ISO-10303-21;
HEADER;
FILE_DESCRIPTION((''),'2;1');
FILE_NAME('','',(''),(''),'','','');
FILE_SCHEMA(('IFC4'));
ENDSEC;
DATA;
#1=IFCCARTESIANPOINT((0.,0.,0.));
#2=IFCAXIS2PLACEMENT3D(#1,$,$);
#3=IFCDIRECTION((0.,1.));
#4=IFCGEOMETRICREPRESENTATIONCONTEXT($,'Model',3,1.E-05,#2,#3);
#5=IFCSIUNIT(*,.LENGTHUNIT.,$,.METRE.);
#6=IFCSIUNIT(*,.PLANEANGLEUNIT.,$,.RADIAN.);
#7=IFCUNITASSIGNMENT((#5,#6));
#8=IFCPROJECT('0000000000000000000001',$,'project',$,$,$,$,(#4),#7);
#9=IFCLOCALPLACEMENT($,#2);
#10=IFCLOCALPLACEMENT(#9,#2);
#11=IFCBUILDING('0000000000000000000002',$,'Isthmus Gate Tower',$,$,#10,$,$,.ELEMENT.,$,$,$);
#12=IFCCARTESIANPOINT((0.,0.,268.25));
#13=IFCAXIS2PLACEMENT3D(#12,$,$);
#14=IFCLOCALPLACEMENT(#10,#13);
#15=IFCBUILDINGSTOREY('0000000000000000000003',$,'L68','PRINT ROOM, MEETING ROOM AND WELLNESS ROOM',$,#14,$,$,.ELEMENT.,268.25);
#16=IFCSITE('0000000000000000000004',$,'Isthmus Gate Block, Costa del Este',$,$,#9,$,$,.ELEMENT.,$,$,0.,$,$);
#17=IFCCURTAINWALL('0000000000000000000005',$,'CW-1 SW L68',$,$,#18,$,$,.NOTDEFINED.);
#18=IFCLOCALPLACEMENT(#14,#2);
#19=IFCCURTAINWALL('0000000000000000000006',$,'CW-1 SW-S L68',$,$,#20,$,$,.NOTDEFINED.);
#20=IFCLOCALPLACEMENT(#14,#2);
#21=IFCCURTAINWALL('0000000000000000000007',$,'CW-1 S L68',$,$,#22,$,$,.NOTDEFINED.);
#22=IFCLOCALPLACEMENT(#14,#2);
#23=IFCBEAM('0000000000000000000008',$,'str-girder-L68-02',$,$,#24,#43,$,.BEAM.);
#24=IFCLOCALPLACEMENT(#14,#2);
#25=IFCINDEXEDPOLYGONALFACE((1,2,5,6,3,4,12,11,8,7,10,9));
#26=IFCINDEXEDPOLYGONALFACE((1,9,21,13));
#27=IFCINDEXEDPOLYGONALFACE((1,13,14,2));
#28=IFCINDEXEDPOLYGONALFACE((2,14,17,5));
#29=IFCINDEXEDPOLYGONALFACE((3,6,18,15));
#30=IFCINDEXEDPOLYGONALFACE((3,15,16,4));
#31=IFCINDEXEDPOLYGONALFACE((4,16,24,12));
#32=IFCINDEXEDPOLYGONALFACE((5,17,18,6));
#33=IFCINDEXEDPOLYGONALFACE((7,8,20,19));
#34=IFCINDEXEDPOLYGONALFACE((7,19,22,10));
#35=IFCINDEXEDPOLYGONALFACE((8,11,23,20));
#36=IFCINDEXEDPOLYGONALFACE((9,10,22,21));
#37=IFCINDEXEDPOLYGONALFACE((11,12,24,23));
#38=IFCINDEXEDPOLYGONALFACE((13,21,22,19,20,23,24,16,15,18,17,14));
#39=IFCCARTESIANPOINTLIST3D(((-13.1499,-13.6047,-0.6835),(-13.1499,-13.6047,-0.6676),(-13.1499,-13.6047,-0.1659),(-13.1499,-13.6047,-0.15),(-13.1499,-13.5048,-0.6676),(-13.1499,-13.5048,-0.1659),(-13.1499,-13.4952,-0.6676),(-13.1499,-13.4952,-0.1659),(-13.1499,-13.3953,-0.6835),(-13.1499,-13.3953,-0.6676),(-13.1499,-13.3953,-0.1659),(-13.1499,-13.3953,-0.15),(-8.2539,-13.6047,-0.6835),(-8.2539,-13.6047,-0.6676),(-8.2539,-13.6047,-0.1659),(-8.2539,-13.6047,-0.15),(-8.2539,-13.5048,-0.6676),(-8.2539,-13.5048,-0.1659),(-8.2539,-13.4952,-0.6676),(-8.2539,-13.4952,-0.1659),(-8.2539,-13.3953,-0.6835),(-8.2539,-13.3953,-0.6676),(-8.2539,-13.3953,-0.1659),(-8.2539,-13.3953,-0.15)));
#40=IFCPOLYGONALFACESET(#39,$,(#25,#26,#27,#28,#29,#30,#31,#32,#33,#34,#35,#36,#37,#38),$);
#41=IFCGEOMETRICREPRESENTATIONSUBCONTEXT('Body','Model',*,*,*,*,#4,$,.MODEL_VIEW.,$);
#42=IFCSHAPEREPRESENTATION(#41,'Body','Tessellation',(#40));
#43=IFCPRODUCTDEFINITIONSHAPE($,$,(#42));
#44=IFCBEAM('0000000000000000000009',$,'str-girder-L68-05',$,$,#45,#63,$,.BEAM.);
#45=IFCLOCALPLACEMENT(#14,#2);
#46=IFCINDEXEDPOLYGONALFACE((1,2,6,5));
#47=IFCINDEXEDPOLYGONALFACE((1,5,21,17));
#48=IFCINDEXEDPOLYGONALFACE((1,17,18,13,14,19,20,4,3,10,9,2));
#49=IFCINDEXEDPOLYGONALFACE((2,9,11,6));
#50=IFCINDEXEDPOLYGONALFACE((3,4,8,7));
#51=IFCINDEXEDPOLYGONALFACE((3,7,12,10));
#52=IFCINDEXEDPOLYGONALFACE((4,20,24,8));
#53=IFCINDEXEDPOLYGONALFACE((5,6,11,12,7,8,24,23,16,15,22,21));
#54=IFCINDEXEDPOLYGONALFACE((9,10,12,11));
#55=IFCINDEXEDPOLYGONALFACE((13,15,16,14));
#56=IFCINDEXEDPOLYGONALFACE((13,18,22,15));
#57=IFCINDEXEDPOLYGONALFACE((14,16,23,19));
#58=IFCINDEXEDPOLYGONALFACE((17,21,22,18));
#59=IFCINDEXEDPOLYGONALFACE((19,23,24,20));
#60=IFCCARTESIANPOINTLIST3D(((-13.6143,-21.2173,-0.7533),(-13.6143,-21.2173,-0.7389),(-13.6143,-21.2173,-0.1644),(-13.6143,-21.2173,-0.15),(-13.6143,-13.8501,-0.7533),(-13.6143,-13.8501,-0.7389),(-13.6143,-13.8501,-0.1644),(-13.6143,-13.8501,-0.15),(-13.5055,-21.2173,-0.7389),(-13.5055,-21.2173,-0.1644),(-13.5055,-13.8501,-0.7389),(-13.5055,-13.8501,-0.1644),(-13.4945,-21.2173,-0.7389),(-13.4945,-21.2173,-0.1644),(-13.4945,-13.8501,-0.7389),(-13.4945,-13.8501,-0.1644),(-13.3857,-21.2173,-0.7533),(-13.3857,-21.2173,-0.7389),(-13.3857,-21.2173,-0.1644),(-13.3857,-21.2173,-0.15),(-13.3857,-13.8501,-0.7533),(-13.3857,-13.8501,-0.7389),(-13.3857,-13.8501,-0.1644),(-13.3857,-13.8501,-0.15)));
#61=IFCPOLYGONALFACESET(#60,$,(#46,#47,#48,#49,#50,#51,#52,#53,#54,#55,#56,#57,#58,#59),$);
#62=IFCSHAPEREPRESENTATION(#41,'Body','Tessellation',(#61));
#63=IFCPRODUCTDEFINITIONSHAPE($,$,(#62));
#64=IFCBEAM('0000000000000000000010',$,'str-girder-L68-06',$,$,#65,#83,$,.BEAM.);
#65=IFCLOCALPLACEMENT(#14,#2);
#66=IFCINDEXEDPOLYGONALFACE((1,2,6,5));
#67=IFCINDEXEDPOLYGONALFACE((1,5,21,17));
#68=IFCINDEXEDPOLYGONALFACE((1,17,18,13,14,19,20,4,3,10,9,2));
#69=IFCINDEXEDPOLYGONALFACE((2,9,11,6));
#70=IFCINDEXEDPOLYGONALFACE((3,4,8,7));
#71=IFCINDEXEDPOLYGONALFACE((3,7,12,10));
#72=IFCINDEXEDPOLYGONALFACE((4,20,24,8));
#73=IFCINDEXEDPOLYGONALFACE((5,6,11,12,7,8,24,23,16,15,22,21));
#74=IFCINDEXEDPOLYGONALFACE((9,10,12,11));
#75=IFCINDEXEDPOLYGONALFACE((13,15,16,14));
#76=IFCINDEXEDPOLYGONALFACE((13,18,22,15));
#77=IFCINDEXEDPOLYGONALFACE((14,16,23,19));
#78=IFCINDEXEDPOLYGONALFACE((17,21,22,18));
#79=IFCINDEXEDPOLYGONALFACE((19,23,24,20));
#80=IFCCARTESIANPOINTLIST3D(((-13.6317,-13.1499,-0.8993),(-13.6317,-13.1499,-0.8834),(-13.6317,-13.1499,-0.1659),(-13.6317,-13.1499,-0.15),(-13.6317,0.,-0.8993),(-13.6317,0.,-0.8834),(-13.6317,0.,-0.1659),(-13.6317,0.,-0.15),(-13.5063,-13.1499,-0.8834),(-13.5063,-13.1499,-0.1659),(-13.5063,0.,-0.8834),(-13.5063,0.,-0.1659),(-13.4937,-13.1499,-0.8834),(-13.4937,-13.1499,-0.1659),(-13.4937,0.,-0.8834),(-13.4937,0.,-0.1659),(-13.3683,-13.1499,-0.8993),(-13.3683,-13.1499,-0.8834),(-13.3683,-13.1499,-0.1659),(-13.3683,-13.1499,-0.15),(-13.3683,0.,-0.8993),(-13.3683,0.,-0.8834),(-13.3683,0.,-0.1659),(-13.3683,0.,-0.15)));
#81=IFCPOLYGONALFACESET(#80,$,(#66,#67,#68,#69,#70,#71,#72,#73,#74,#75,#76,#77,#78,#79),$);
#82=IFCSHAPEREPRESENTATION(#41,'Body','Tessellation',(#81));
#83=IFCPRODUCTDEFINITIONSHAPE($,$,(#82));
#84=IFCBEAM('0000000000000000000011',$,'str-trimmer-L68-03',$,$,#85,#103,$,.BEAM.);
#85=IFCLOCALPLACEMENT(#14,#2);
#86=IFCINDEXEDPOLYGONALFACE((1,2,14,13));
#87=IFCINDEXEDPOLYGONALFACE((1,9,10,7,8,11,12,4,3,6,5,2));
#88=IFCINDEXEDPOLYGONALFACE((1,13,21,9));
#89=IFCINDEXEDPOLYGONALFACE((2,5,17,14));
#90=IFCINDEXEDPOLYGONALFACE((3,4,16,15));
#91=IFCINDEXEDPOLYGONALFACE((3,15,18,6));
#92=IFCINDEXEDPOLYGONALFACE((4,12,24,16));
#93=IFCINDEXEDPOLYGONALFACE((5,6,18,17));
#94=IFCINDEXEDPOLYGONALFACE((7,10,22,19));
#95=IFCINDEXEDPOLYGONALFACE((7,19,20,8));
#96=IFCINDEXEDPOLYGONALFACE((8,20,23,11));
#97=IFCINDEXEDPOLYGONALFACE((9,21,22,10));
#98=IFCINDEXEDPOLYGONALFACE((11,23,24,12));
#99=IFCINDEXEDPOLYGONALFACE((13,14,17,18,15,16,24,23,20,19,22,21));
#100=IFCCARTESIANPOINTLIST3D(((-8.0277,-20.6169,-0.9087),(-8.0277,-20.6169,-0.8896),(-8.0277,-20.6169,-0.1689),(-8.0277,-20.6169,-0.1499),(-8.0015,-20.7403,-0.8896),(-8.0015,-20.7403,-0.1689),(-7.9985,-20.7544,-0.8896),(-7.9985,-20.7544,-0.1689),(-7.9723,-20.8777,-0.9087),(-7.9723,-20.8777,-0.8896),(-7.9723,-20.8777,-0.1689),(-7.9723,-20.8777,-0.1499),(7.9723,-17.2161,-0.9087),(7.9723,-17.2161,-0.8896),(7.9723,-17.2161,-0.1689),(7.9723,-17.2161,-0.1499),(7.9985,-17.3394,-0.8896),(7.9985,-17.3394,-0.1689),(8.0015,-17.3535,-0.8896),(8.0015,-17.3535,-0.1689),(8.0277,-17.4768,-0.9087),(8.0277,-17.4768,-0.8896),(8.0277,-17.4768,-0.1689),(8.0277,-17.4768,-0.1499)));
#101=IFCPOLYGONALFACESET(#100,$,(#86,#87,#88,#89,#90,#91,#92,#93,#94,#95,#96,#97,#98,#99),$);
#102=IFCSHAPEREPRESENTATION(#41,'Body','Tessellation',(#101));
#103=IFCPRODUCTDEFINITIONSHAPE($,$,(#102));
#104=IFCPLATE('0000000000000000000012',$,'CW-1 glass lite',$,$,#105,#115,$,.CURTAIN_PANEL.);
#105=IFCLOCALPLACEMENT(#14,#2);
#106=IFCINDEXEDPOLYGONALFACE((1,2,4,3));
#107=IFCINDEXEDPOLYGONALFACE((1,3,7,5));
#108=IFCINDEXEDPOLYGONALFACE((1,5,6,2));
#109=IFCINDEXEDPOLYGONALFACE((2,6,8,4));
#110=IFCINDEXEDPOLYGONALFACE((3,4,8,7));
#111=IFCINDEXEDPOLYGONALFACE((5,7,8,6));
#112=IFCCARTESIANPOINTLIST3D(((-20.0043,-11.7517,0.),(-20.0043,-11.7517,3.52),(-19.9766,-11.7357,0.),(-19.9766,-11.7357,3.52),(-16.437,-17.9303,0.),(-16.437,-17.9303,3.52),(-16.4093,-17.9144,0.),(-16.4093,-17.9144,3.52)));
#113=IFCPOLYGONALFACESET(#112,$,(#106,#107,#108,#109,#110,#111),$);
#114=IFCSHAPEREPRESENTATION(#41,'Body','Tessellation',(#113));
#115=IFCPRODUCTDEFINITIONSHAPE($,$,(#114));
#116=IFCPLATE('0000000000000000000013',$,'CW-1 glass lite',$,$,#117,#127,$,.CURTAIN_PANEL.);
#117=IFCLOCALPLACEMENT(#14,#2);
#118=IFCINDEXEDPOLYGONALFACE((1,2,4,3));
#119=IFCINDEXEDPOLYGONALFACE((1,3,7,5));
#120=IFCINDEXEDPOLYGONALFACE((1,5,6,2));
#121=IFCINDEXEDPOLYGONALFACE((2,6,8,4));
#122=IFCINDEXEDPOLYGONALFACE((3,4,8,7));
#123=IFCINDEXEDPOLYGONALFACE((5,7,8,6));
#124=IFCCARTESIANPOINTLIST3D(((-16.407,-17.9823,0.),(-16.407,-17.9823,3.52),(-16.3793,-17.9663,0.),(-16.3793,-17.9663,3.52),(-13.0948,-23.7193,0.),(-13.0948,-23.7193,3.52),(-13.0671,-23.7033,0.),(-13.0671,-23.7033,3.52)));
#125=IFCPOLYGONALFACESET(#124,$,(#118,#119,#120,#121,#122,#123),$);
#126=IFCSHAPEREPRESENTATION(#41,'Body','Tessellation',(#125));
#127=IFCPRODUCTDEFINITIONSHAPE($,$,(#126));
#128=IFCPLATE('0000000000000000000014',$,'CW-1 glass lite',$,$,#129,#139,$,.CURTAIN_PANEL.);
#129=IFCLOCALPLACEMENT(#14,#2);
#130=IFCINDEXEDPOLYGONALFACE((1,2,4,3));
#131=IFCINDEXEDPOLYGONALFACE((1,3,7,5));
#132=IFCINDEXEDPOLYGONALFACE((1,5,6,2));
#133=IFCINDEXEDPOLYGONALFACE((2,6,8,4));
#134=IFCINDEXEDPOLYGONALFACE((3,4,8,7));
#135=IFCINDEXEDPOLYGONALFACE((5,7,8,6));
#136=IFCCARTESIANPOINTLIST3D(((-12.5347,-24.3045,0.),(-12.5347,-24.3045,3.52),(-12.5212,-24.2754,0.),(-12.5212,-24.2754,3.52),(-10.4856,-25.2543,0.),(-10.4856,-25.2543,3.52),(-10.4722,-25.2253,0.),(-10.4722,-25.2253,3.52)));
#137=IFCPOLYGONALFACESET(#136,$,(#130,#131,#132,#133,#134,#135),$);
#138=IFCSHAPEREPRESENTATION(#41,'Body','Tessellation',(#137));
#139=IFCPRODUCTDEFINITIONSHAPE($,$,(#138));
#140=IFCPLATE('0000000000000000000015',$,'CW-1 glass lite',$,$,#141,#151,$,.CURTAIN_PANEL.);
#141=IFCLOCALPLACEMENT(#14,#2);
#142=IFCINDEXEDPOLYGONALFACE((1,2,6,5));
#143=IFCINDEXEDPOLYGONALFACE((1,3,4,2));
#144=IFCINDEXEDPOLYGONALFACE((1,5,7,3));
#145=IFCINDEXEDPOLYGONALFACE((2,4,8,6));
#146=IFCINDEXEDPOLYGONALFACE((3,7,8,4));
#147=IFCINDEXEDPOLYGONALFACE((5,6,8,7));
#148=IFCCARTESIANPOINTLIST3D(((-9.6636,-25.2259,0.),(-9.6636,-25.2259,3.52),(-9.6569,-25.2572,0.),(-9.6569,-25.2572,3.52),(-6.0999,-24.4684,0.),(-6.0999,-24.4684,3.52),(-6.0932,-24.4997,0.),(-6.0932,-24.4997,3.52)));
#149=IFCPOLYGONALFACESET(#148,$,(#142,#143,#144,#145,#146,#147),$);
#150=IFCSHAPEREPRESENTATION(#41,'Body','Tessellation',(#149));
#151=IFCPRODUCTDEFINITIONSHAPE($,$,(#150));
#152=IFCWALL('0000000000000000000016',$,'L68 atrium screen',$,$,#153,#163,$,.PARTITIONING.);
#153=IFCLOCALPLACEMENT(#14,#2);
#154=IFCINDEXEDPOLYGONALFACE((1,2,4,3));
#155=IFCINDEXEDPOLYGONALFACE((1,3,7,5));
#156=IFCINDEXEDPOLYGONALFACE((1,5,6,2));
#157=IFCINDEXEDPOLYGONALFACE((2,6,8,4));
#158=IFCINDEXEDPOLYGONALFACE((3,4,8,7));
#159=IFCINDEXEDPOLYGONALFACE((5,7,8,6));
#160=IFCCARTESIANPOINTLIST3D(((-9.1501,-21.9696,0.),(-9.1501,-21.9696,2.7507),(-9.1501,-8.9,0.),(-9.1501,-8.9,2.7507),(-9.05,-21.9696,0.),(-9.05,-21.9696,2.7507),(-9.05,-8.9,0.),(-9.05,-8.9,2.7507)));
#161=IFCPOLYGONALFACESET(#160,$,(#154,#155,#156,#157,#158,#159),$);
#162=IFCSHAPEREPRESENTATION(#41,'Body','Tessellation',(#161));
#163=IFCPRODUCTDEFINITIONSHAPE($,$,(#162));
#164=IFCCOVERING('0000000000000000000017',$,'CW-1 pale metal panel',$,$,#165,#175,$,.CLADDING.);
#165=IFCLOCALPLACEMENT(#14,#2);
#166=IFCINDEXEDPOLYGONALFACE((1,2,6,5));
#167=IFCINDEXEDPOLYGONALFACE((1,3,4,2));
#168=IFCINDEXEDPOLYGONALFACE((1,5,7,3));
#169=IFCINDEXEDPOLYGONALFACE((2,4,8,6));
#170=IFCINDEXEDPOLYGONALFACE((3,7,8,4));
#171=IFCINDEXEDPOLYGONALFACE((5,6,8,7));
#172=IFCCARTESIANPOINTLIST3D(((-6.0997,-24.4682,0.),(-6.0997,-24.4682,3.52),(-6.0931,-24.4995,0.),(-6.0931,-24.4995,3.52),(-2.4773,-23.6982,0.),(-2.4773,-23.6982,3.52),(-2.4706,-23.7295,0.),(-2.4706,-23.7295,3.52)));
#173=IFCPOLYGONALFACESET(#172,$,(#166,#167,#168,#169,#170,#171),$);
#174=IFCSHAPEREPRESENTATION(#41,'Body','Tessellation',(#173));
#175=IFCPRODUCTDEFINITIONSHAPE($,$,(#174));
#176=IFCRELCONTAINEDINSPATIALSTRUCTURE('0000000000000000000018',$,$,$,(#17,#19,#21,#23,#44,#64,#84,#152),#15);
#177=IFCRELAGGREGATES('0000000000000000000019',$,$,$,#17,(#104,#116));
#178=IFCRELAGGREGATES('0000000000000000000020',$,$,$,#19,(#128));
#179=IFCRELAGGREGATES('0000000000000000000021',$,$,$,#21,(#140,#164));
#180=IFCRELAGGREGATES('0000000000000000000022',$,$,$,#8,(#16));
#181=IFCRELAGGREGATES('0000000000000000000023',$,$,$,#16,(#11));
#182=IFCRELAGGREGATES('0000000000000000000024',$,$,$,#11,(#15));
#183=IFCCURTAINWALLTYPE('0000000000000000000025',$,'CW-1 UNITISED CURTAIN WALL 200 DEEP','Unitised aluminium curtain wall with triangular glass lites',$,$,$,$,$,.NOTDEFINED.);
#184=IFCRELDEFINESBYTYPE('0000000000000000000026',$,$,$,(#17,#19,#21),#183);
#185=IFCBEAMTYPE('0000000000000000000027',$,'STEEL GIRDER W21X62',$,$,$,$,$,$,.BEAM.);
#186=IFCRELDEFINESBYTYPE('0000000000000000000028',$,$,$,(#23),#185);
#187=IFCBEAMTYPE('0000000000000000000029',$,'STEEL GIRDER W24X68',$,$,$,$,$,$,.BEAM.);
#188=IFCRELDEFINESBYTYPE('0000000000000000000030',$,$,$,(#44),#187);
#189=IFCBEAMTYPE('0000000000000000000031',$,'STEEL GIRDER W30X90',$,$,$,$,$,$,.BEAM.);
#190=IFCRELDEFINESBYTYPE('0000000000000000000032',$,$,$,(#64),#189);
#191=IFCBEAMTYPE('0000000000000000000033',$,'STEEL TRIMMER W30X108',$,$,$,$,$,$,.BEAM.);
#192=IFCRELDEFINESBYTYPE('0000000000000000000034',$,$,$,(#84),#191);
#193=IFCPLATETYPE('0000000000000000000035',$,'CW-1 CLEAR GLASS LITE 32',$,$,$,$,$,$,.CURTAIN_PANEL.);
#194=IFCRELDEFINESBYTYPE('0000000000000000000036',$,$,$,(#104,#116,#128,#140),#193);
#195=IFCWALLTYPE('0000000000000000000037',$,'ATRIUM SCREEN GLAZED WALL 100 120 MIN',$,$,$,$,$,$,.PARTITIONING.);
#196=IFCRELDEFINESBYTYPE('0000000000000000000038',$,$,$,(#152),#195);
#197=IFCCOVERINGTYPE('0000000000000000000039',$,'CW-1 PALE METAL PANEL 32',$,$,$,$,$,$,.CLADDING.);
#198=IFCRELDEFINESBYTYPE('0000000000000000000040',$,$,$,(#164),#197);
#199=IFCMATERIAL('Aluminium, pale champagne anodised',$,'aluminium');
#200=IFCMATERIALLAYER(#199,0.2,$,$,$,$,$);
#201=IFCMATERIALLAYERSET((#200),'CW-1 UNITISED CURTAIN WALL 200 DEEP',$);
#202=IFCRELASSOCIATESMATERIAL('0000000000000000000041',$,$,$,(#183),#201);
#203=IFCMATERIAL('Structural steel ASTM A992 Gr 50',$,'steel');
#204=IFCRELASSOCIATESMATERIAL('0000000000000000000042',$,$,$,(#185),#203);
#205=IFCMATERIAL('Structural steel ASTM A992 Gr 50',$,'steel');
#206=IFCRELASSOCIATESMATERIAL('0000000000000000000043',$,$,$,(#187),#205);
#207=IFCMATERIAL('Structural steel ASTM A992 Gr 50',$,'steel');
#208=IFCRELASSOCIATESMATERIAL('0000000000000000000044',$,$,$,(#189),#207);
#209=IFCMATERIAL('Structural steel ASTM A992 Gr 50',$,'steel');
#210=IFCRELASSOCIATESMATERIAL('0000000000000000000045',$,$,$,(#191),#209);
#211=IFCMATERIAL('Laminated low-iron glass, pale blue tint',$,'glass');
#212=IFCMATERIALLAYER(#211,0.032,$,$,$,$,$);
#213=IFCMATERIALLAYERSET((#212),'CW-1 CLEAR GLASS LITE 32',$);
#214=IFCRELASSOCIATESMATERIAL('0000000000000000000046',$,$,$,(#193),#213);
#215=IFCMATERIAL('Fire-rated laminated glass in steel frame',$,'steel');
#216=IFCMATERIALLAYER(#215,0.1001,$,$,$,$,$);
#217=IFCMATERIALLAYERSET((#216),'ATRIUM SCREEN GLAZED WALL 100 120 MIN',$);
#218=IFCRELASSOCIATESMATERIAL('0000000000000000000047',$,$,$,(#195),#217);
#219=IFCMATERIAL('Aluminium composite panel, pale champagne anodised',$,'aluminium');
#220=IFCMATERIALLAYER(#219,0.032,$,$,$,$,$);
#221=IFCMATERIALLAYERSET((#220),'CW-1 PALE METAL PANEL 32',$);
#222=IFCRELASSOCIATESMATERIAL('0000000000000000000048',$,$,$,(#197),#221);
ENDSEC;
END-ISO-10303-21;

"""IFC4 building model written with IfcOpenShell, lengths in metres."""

from ifc_helpers import new_model, si_unit, direction, frame, frame_2d, origin, origin_2d, place, context, subcontext, project, spatial, rectangle, i_section, extrude, material, layer, layer_set, material_profile, profile_set, type_object, element, aggregate, save


model = new_model("IFC4")

# Units and contexts
model_context = context("Model", 3, precision=1e-05, world=origin(), true_north=direction((0.0, 1.0)))
body_context = subcontext(model_context, "Body", "Model", "MODEL_VIEW")
ifc_project = project(units=[si_unit("LENGTHUNIT", "METRE"), si_unit("PLANEANGLEUNIT", "RADIAN")], contexts=[model_context])

# Site, building, storey
site_placement = place(None, origin())
site = spatial("IfcSite", under=ifc_project, at=site_placement, Name="Isthmus Gate Block, Costa del Este", CompositionType="ELEMENT", RefElevation=0.0)
building_placement = place(site_placement, origin())
building = spatial("IfcBuilding", under=site, at=building_placement, Name="Isthmus Gate Tower", CompositionType="ELEMENT")
storey_placement = place(building_placement, frame((0.0, 0.0, 268.25)))
storey = spatial("IfcBuildingStorey", under=building, at=storey_placement, Name="L68", Description="PRINT ROOM, MEETING ROOM AND WELLNESS ROOM", CompositionType="ELEMENT", Elevation=268.25)

# Curtain walls
ifc_material_1 = material(Name="Aluminium, pale champagne anodised", Category="aluminium")
ifc_layer_1 = layer(ifc_material_1, 0.2)
ifc_layer_set_1 = layer_set([ifc_layer_1], Name="CW-1 UNITISED CURTAIN WALL 200 DEEP")
curtain_wall_type = type_object("IfcCurtainWallType", Name="CW-1 UNITISED CURTAIN WALL 200 DEEP", Description="Unitised aluminium curtain wall with triangular glass lites", PredefinedType="NOTDEFINED", material=ifc_layer_set_1)
curtain_wall_1_placement = place(storey_placement, origin())
curtain_wall_1 = element("IfcCurtainWall", 1, at=curtain_wall_1_placement, inside=storey, type_object=curtain_wall_type, Name="CW-1 SW L68", PredefinedType="NOTDEFINED")
curtain_wall_2_placement = place(storey_placement, origin())
curtain_wall_2 = element("IfcCurtainWall", 2, at=curtain_wall_2_placement, inside=storey, type_object=curtain_wall_type, Name="CW-1 SW-S L68", PredefinedType="NOTDEFINED")

# Curtain wall
curtain_wall_3_placement = place(storey_placement, origin())
curtain_wall_3 = element("IfcCurtainWall", 3, at=curtain_wall_3_placement, inside=storey, type_object=curtain_wall_type, Name="CW-1 S L68", PredefinedType="NOTDEFINED")

# Beams
ifc_material_2 = material(Name="Structural steel ASTM A992 Gr 50", Category="steel")
ifc_material_profile_1 = material_profile(ifc_material_2, i_section(OverallWidth=0.2095, OverallDepth=0.5334, WebThickness=0.0095, FlangeThickness=0.0159, at=origin_2d()), Name="W21X62")
ifc_profile_set_1 = profile_set([ifc_material_profile_1], Name="Structural steel ASTM A992 Gr 50")
beam_type_1 = type_object("IfcBeamType", Name="STEEL GIRDER W21X62", PredefinedType="BEAM", material=ifc_profile_set_1)
beam_1_placement = place(storey_placement, frame((-13.1499, -13.5, -0.4167), z_axis=(1.0, 0.0, 0.0), x_axis=(0.0, 1.0, 0.0)))
element("IfcBeam", 4, at=beam_1_placement, inside=storey, type_object=beam_type_1, Name="str-girder-L68-02", PredefinedType="BEAM", context=body_context, shape_type="SweptSolid", body=[
    extrude(i_section(OverallWidth=0.2095, OverallDepth=0.5334, WebThickness=0.0095, FlangeThickness=0.0159, at=origin_2d()), origin(), (0.0, 0.0, 1.0), 4.896),
])
ifc_material_3 = material(Name="Structural steel ASTM A992 Gr 50", Category="steel")
ifc_material_profile_2 = material_profile(ifc_material_3, i_section(OverallWidth=0.2285, OverallDepth=0.6033, WebThickness=0.011, FlangeThickness=0.0144, at=origin_2d()), Name="W24X68")
ifc_profile_set_2 = profile_set([ifc_material_profile_2], Name="Structural steel ASTM A992 Gr 50")
beam_type_2 = type_object("IfcBeamType", Name="STEEL GIRDER W24X68", PredefinedType="BEAM", material=ifc_profile_set_2)
beam_2_placement = place(storey_placement, frame((-13.5, -21.2173, -0.4517), z_axis=(0.0, 1.0, 0.0), x_axis=(-1.0, 0.0, 0.0)))
element("IfcBeam", 5, at=beam_2_placement, inside=storey, type_object=beam_type_2, Name="str-girder-L68-05", PredefinedType="BEAM", context=body_context, shape_type="SweptSolid", body=[
    extrude(i_section(OverallWidth=0.2285, OverallDepth=0.6033, WebThickness=0.011, FlangeThickness=0.0144, at=origin_2d()), origin(), (0.0, 0.0, 1.0), 7.3672),
])
ifc_material_4 = material(Name="Structural steel ASTM A992 Gr 50", Category="steel")
ifc_material_profile_3 = material_profile(ifc_material_4, i_section(OverallWidth=0.2634, OverallDepth=0.7493, WebThickness=0.0127, FlangeThickness=0.0159, at=origin_2d()), Name="W30X90")
ifc_profile_set_3 = profile_set([ifc_material_profile_3], Name="Structural steel ASTM A992 Gr 50")
beam_type_3 = type_object("IfcBeamType", Name="STEEL GIRDER W30X90", PredefinedType="BEAM", material=ifc_profile_set_3)
beam_3_placement = place(storey_placement, frame((-13.5, -13.1499, -0.5247), z_axis=(0.0, 1.0, 0.0), x_axis=(-1.0, 0.0, 0.0)))
element("IfcBeam", 6, at=beam_3_placement, inside=storey, type_object=beam_type_3, Name="str-girder-L68-06", PredefinedType="BEAM", context=body_context, shape_type="SweptSolid", body=[
    extrude(i_section(OverallWidth=0.2634, OverallDepth=0.7493, WebThickness=0.0127, FlangeThickness=0.0159, at=origin_2d()), origin(), (0.0, 0.0, 1.0), 13.1499),
])
ifc_material_5 = material(Name="Structural steel ASTM A992 Gr 50", Category="steel")
ifc_material_profile_4 = material_profile(ifc_material_5, i_section(OverallWidth=0.2666, OverallDepth=0.7588, WebThickness=0.0144, FlangeThickness=0.019, at=origin_2d()), Name="W30X108")
ifc_profile_set_4 = profile_set([ifc_material_profile_4], Name="Structural steel ASTM A992 Gr 50")
beam_type_4 = type_object("IfcBeamType", Name="STEEL TRIMMER W30X108", PredefinedType="BEAM", material=ifc_profile_set_4)
beam_4_placement = place(storey_placement, frame((-8.0, -20.7473, -0.5293), z_axis=(0.978148, 0.20791, 0.0), x_axis=(-0.20791, 0.978148, 0.0)))
element("IfcBeam", 7, at=beam_4_placement, inside=storey, type_object=beam_type_4, Name="str-trimmer-L68-03", PredefinedType="BEAM", context=body_context, shape_type="SweptSolid", body=[
    extrude(i_section(OverallWidth=0.2666, OverallDepth=0.7588, WebThickness=0.0144, FlangeThickness=0.019, at=origin_2d()), origin(), (0.0, 0.0, 1.0), 16.3574),
])

# Plates
ifc_material_6 = material(Name="Laminated low-iron glass, pale blue tint", Category="glass")
ifc_layer_2 = layer(ifc_material_6, 0.032)
ifc_layer_set_2 = layer_set([ifc_layer_2], Name="CW-1 CLEAR GLASS LITE 32")
plate_type = type_object("IfcPlateType", Name="CW-1 CLEAR GLASS LITE 32", PredefinedType="CURTAIN_PANEL", material=ifc_layer_set_2)
plate_1_placement = place(storey_placement, frame((-18.2068, -14.833, 0.0), z_axis=(0.0, 0.0, 1.0), x_axis=(0.5, -0.866025, 0.0)))
plate_1 = element("IfcPlate", 8, at=plate_1_placement, type_object=plate_type, Name="CW-1 glass lite", PredefinedType="CURTAIN_PANEL", context=body_context, shape_type="SweptSolid", body=[
    extrude(rectangle(XDim=7.1345, YDim=0.032, at=origin_2d()), origin(), (0.0, 0.0, 1.0), 3.52),
])
plate_2_placement = place(storey_placement, frame((-14.7371, -20.8428, 0.0), z_axis=(0.0, 0.0, 1.0), x_axis=(0.5, -0.866025, 0.0)))
plate_2 = element("IfcPlate", 9, at=plate_2_placement, type_object=plate_type, Name="CW-1 glass lite", PredefinedType="CURTAIN_PANEL", context=body_context, shape_type="SweptSolid", body=[
    extrude(rectangle(XDim=6.6245, YDim=0.032, at=origin_2d()), origin(), (0.0, 0.0, 1.0), 3.52),
])
aggregate(curtain_wall_1, [plate_1, plate_2])
plate_3_placement = place(storey_placement, frame((-11.5034, -24.7649, 0.0), z_axis=(0.0, 0.0, 1.0), x_axis=(0.907256, -0.420578, 0.0)))
plate_3 = element("IfcPlate", 10, at=plate_3_placement, type_object=plate_type, Name="CW-1 glass lite", PredefinedType="CURTAIN_PANEL", context=body_context, shape_type="SweptSolid", body=[
    extrude(rectangle(XDim=2.2585, YDim=0.032, at=origin_2d()), origin(), (0.0, 0.0, 1.0), 3.52),
])
aggregate(curtain_wall_2, [plate_3])
plate_4_placement = place(storey_placement, frame((-7.8784, -24.8628, 0.0), z_axis=(0.0, 0.0, 1.0), x_axis=(0.978148, 0.207912, 0.0)))
plate_4 = element("IfcPlate", 11, at=plate_4_placement, type_object=plate_type, Name="CW-1 glass lite", PredefinedType="CURTAIN_PANEL", context=body_context, shape_type="SweptSolid", body=[
    extrude(rectangle(XDim=3.6433, YDim=0.032, at=origin_2d()), origin(), (0.0, 0.0, 1.0), 3.52),
])

# Wall
ifc_material_7 = material(Name="Fire-rated laminated glass in steel frame", Category="steel")
ifc_layer_3 = layer(ifc_material_7, 0.1001)
ifc_layer_set_3 = layer_set([ifc_layer_3], Name="ATRIUM SCREEN GLAZED WALL 100 120 MIN")
wall_type = type_object("IfcWallType", Name="ATRIUM SCREEN GLAZED WALL 100 120 MIN", PredefinedType="PARTITIONING", material=ifc_layer_set_3)
wall_placement = place(storey_placement, frame((-9.1001, -21.9695, 0.0), z_axis=(0.0, 0.0, 1.0), x_axis=(0.0, 1.0, 0.0)))
element("IfcWall", 12, at=wall_placement, inside=storey, type_object=wall_type, Name="L68 atrium screen", PredefinedType="PARTITIONING", context=body_context, shape_type="SweptSolid", body=[
    extrude(rectangle(XDim=13.0696, YDim=0.1001, at=frame_2d((6.5347, 0.0))), origin(), (0.0, 0.0, 1.0), 2.7507),
])

# Covering
ifc_material_8 = material(Name="Aluminium composite panel, pale champagne anodised", Category="aluminium")
ifc_layer_4 = layer(ifc_material_8, 0.032)
ifc_layer_set_4 = layer_set([ifc_layer_4], Name="CW-1 PALE METAL PANEL 32")
covering_type = type_object("IfcCoveringType", Name="CW-1 PALE METAL PANEL 32", PredefinedType="CLADDING", material=ifc_layer_set_4)
covering_1_placement = place(storey_placement, frame((-4.2852, -24.0989, 0.0), z_axis=(0.0, 0.0, 1.0), x_axis=(0.978148, 0.207912, 0.0)))
covering_1 = element("IfcCovering", 13, at=covering_1_placement, type_object=covering_type, Name="CW-1 pale metal panel", PredefinedType="CLADDING", context=body_context, shape_type="SweptSolid", body=[
    extrude(rectangle(XDim=3.7034, YDim=0.032, at=origin_2d()), origin(), (0.0, 0.0, 1.0), 3.52),
])
aggregate(curtain_wall_3, [plate_4, covering_1])

save(model, "model.ifc")
